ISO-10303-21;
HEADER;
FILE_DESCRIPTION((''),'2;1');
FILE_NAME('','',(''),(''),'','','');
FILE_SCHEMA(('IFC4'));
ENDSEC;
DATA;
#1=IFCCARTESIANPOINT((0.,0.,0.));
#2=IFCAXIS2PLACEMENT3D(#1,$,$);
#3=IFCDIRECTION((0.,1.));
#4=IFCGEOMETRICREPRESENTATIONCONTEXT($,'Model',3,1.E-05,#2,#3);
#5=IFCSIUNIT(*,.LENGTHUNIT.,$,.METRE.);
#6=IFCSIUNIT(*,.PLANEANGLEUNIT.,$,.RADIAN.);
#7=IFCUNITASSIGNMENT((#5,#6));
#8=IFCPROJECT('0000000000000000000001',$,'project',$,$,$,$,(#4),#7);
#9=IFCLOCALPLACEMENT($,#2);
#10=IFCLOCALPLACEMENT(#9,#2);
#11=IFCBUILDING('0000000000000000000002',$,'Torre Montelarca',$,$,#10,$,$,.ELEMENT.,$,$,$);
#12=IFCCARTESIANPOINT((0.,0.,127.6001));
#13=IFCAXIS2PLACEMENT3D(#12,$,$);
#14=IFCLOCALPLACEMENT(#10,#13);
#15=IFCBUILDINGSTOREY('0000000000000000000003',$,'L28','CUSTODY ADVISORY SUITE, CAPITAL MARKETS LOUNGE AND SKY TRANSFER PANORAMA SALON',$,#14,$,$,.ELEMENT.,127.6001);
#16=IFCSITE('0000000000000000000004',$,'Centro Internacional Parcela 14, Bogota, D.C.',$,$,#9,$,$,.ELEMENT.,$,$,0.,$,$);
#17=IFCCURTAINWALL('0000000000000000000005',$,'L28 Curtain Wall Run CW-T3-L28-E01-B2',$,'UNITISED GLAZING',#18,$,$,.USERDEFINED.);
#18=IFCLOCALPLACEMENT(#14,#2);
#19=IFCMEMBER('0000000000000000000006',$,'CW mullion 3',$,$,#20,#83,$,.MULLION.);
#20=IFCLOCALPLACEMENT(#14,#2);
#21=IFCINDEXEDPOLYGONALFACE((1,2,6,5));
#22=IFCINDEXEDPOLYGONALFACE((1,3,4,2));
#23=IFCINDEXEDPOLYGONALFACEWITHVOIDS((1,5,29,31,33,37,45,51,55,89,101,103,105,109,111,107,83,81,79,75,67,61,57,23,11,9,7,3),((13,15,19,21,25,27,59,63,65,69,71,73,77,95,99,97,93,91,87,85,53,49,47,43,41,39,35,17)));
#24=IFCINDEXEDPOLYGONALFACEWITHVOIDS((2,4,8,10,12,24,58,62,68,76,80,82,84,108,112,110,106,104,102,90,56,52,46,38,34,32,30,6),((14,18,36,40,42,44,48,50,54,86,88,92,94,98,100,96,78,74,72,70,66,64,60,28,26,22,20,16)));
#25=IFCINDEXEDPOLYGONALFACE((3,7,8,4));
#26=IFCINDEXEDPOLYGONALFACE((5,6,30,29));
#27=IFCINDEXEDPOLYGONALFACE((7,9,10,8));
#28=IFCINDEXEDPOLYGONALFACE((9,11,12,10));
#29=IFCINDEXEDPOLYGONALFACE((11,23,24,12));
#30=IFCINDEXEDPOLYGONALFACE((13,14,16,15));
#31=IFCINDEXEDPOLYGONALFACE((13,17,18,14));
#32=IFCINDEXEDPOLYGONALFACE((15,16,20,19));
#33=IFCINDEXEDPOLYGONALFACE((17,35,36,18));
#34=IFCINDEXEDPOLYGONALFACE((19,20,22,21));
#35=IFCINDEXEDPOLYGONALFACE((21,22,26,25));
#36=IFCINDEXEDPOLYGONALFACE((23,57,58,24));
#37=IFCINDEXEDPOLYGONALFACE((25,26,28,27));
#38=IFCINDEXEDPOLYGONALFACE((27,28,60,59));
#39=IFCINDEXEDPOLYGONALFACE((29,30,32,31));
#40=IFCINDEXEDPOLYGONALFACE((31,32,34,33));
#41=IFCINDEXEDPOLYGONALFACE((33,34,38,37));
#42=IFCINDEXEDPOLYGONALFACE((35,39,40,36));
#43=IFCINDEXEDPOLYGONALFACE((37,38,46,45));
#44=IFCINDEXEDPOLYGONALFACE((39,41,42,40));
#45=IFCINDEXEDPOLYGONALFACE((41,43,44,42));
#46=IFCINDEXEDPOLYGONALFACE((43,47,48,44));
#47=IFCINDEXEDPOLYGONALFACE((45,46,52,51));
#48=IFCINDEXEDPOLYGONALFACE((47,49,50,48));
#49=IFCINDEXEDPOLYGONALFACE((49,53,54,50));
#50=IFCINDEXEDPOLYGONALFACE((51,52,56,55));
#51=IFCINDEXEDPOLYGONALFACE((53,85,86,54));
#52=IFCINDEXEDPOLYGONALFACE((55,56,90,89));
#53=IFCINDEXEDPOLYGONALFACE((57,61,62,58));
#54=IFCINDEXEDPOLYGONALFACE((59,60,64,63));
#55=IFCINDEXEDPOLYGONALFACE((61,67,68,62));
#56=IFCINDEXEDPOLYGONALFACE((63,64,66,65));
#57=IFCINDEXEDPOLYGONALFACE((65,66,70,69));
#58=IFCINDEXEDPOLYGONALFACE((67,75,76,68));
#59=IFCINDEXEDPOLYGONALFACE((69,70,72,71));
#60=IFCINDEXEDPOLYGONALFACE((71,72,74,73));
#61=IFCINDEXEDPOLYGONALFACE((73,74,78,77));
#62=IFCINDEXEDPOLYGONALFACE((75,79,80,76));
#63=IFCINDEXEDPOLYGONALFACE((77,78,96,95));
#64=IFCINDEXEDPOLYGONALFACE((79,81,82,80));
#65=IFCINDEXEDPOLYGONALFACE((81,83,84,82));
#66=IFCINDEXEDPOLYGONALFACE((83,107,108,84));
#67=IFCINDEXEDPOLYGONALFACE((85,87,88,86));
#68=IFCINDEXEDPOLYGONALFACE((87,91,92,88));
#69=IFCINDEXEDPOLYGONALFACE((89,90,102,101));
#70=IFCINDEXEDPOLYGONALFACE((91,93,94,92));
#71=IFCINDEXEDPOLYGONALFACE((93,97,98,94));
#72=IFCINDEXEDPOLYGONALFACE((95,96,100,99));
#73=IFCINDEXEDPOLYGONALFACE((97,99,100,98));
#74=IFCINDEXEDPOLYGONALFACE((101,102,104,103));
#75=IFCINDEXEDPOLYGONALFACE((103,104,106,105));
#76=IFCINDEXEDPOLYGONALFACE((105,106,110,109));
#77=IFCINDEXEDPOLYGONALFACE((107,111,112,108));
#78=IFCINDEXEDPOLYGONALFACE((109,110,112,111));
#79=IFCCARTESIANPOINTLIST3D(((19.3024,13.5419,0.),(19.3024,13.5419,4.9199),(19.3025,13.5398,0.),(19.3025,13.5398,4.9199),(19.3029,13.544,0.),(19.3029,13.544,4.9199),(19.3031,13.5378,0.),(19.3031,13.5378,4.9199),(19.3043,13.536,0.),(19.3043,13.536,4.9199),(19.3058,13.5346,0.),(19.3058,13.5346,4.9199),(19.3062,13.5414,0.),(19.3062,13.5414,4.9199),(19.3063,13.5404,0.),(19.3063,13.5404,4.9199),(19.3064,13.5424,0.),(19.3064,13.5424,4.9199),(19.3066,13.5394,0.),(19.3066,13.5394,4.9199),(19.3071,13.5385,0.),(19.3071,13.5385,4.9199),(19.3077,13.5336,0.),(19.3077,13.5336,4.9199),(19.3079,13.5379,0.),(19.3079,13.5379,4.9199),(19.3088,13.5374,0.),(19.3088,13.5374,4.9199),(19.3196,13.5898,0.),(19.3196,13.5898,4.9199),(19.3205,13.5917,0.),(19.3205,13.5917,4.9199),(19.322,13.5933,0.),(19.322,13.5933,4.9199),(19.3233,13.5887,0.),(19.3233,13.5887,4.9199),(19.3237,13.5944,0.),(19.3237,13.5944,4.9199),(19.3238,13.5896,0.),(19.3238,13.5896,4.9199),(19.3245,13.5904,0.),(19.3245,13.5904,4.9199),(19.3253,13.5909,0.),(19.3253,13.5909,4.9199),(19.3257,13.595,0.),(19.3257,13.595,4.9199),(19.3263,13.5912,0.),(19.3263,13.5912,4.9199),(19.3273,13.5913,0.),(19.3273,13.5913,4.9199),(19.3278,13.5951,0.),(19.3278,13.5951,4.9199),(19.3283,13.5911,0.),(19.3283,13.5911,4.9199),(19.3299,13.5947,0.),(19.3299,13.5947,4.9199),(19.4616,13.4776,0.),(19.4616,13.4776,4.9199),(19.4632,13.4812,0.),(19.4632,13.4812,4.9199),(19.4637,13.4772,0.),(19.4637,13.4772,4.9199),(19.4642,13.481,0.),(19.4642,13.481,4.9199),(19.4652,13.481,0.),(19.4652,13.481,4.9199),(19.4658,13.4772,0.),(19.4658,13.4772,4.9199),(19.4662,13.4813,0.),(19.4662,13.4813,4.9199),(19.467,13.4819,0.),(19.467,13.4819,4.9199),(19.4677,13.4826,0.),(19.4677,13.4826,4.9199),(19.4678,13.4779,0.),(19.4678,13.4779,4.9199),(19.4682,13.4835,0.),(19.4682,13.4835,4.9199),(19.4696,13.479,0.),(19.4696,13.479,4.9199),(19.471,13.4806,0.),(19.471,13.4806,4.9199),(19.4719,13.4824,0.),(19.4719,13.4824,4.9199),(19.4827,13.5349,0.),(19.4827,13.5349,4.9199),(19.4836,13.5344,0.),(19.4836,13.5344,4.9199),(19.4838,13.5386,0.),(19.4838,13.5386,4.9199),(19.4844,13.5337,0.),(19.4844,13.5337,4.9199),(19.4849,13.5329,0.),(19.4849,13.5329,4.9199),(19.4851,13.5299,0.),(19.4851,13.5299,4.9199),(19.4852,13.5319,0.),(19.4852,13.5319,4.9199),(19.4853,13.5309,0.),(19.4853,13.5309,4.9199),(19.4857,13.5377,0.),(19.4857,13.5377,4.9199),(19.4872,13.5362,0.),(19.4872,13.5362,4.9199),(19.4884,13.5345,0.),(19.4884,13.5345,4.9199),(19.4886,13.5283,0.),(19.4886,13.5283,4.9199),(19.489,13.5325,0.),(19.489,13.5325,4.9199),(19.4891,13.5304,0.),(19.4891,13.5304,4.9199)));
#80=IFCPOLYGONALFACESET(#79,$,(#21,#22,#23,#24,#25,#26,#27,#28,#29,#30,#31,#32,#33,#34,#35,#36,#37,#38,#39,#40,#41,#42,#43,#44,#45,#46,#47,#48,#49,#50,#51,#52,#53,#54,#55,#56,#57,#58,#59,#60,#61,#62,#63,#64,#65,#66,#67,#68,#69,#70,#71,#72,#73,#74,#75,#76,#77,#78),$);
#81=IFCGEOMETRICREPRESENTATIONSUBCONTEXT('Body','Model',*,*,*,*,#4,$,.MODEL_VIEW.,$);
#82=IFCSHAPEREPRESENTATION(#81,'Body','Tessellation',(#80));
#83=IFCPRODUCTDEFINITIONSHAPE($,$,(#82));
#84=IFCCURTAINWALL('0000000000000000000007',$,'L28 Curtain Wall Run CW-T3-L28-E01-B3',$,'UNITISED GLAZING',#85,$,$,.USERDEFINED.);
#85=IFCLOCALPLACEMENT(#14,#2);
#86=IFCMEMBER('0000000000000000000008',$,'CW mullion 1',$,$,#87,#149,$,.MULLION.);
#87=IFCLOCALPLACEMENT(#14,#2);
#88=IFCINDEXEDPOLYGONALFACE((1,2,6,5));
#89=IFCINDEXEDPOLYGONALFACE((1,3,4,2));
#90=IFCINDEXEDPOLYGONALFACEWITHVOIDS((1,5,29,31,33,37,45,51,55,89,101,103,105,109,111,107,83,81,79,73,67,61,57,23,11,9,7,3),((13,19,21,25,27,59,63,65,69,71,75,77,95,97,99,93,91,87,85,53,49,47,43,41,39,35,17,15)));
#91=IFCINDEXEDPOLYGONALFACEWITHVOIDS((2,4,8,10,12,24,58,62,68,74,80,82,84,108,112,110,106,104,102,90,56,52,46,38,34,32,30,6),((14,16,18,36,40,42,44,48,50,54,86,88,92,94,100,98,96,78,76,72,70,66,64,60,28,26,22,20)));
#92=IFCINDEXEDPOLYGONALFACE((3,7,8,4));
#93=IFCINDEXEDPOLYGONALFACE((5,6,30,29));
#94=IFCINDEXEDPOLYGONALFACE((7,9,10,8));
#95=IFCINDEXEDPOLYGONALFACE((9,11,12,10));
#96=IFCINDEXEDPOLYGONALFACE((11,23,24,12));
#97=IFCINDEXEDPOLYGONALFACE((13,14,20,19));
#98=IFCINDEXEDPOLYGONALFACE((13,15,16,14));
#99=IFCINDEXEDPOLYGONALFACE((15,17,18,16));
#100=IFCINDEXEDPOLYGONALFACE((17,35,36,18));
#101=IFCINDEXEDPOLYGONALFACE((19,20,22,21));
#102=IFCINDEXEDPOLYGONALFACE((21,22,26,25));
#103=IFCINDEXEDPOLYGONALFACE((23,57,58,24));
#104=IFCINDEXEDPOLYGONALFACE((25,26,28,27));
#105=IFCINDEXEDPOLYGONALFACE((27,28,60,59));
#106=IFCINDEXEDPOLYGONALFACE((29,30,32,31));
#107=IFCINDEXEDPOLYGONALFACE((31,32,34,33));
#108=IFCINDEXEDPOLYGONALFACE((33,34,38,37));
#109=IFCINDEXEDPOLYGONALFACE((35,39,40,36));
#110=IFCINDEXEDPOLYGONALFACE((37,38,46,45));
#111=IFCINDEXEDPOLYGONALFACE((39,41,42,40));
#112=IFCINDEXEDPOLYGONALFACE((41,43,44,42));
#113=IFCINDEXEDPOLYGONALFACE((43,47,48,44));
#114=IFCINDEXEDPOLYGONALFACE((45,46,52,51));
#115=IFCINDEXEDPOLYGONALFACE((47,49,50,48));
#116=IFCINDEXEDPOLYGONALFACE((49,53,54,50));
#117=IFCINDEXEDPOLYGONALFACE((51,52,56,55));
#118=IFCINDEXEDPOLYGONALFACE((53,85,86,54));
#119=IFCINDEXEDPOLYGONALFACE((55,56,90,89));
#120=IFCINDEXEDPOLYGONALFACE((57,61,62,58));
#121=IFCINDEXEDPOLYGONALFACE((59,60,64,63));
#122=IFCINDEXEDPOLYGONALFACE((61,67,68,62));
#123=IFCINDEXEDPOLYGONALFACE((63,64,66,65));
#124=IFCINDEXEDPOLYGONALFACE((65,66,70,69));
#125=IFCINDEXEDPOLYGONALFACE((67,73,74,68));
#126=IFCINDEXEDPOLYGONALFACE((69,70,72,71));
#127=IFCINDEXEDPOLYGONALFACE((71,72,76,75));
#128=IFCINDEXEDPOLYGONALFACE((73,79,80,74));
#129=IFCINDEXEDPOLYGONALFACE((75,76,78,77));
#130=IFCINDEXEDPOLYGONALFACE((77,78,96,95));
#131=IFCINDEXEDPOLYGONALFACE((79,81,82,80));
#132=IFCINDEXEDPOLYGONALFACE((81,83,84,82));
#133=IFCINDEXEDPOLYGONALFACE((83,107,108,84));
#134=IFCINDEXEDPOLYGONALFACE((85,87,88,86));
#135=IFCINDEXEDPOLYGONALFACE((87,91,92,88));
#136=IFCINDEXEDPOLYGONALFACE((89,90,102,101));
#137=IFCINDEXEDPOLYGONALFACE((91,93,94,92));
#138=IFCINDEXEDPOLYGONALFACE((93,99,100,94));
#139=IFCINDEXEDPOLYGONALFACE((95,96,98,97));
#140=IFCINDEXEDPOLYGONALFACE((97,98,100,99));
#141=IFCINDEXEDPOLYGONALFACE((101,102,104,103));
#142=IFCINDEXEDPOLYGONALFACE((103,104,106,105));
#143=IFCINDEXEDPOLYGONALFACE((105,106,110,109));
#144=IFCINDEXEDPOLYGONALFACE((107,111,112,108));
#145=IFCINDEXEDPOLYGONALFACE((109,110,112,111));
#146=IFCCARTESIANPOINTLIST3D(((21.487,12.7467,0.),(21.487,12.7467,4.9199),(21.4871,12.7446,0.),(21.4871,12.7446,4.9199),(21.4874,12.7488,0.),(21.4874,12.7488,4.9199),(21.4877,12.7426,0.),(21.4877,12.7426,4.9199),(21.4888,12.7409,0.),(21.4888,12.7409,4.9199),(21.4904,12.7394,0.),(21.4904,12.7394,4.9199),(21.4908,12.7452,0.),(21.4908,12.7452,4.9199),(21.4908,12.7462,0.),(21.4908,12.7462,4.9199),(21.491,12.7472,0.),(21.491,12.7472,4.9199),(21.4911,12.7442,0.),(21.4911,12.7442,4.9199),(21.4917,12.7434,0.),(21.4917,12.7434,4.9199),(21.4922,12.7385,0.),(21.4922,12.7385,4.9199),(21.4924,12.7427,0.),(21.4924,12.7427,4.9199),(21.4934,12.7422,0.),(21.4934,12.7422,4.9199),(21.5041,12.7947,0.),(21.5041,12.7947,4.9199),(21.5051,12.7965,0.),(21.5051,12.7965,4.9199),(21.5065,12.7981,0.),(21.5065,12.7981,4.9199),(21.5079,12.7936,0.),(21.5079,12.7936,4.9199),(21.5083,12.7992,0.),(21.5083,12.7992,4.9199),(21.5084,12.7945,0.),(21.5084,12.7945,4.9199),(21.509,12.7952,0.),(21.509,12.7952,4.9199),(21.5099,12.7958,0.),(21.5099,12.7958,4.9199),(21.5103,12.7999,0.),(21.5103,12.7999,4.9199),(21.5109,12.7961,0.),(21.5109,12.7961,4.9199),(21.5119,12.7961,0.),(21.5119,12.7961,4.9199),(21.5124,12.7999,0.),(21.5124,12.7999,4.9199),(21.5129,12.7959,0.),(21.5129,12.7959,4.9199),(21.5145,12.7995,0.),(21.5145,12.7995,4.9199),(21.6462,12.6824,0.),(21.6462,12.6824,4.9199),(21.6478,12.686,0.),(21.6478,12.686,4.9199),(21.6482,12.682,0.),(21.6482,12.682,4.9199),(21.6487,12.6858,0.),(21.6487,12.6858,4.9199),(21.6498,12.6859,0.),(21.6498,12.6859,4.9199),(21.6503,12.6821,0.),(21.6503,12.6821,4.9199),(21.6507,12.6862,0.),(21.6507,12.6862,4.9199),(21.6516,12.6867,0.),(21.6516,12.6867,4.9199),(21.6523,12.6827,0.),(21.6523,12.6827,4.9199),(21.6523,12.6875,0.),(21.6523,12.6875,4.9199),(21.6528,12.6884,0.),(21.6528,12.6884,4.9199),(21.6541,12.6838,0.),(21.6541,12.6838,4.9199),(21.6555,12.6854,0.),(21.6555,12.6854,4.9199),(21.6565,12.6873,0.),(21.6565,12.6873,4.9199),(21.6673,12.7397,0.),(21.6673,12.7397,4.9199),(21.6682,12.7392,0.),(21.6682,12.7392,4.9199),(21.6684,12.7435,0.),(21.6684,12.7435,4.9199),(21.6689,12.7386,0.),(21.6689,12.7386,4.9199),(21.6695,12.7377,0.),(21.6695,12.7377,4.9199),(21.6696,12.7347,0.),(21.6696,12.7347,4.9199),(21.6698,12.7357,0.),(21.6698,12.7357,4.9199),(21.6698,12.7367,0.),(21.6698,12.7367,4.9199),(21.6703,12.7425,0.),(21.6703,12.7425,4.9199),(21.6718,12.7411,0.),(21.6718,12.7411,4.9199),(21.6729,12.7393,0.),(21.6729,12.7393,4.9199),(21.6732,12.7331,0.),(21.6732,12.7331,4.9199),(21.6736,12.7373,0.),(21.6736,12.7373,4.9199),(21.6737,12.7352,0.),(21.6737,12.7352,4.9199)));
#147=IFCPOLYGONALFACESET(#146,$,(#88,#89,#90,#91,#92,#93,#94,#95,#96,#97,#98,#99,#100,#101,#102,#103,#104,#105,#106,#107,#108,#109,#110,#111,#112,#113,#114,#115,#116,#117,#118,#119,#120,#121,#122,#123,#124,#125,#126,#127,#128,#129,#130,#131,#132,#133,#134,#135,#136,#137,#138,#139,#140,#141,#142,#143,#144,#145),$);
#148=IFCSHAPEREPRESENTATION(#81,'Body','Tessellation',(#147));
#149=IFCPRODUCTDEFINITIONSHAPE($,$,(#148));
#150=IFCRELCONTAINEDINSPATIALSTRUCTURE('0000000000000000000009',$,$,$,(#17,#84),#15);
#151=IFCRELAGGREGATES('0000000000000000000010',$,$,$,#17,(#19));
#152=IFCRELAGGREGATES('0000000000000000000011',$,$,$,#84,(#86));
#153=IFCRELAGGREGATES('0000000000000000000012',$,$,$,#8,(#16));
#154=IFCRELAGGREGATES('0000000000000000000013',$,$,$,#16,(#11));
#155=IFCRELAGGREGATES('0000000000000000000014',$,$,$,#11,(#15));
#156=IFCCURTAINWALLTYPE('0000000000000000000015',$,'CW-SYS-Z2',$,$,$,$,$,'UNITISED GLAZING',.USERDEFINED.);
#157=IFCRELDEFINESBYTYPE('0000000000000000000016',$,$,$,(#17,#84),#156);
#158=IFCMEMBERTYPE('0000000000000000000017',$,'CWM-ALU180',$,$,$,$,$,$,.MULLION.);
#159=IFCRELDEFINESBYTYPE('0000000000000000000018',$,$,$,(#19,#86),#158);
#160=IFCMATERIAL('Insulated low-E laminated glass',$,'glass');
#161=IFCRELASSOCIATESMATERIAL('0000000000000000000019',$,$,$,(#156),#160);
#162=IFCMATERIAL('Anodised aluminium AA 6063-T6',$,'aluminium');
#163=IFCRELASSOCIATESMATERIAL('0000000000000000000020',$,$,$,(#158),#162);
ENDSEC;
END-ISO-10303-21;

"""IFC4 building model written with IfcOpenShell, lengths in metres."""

from ifc_helpers import new_model, si_unit, direction, frame, origin, origin_2d, place, context, subcontext, project, spatial, hollow_rectangle, extrude, source, transform, mapped, material, material_profile, profile_set, type_object, element, aggregate, save


model = new_model("IFC4")

# Units and contexts
model_context = context("Model", 3, precision=1e-05, world=origin(), true_north=direction((0.0, 1.0)))
body_context = subcontext(model_context, "Body", "Model", "MODEL_VIEW")
ifc_project = project(units=[si_unit("LENGTHUNIT", "METRE"), si_unit("PLANEANGLEUNIT", "RADIAN")], contexts=[model_context])

# Site, building, storey
site_placement = place(None, origin())
site = spatial("IfcSite", under=ifc_project, at=site_placement, Name="Centro Internacional Parcela 14, Bogota, D.C.", CompositionType="ELEMENT", RefElevation=0.0)
building_placement = place(site_placement, origin())
building = spatial("IfcBuilding", under=site, at=building_placement, Name="Torre Montelarca", CompositionType="ELEMENT")
storey_placement = place(building_placement, frame((0.0, 0.0, 127.6001)))
storey = spatial("IfcBuildingStorey", under=building, at=storey_placement, Name="L28", Description="CUSTODY ADVISORY SUITE, CAPITAL MARKETS LOUNGE AND SKY TRANSFER PANORAMA SALON", CompositionType="ELEMENT", Elevation=127.6001)

# Curtain wall, member
ifc_material_1 = material(Name="Insulated low-E laminated glass", Category="glass")
curtain_wall_type = type_object("IfcCurtainWallType", Name="CW-SYS-Z2", ElementType="UNITISED GLAZING", PredefinedType="USERDEFINED", material=ifc_material_1)
ifc_material_2 = material(Name="Anodised aluminium AA 6063-T6", Category="aluminium")
ifc_material_profile_1 = material_profile(ifc_material_2, hollow_rectangle(XDim=0.0649, YDim=0.1799, WallThickness=0.0039, InnerFilletRadius=0.0039, OuterFilletRadius=0.0081, at=origin_2d()), Name="ALU65X180X4", Category="aluminium")
ifc_profile_set_1 = profile_set([ifc_material_profile_1], Name="Anodised aluminium AA 6063-T6")
member_type_1 = type_object("IfcMemberType", Name="CWM-ALU180", PredefinedType="MULLION", material=ifc_profile_set_1)
shared_shape_1 = source(origin(), body_context, "Body", "SweptSolid", [
    extrude(hollow_rectangle(XDim=0.0649, YDim=0.1799, WallThickness=0.0039, InnerFilletRadius=0.0039, OuterFilletRadius=0.0081, at=origin_2d()), origin(), (0.0, 0.0, 1.0), 4.9199),
])
curtain_wall_1_placement = place(storey_placement, origin())
curtain_wall_1 = element("IfcCurtainWall", 1, at=curtain_wall_1_placement, inside=storey, type_object=curtain_wall_type, Name="L28 Curtain Wall Run CW-T3-L28-E01-B2", ObjectType="UNITISED GLAZING", PredefinedType="USERDEFINED")
member_1_placement = place(storey_placement, frame((19.3958, 13.5361, 0.0), z_axis=(0.0, 0.0, 1.0), x_axis=(0.34202, 0.939693, 0.0)))
member_1 = element("IfcMember", 2, at=member_1_placement, type_object=member_type_1, Name="CW mullion 3", PredefinedType="MULLION", context=body_context, shape_type="MappedRepresentation", body=[
    mapped(shared_shape_1, transform((0.0, 0.0, 0.0), scale=1.0)),
])

# Curtain wall, member
curtain_wall_2_placement = place(storey_placement, origin())
curtain_wall_2 = element("IfcCurtainWall", 3, at=curtain_wall_2_placement, inside=storey, type_object=curtain_wall_type, Name="L28 Curtain Wall Run CW-T3-L28-E01-B3", ObjectType="UNITISED GLAZING", PredefinedType="USERDEFINED")
member_2_placement = place(storey_placement, frame((21.5803, 12.741, 0.0), z_axis=(0.0, 0.0, 1.0), x_axis=(0.342023, 0.939692, 0.0)))
member_2 = element("IfcMember", 4, at=member_2_placement, type_object=member_type_1, Name="CW mullion 1", PredefinedType="MULLION", context=body_context, shape_type="MappedRepresentation", body=[
    mapped(shared_shape_1, transform((0.0, 0.0, 0.0), scale=1.0)),
])

aggregate(curtain_wall_1, [member_1])
aggregate(curtain_wall_2, [member_2])

save(model, "model.ifc")
